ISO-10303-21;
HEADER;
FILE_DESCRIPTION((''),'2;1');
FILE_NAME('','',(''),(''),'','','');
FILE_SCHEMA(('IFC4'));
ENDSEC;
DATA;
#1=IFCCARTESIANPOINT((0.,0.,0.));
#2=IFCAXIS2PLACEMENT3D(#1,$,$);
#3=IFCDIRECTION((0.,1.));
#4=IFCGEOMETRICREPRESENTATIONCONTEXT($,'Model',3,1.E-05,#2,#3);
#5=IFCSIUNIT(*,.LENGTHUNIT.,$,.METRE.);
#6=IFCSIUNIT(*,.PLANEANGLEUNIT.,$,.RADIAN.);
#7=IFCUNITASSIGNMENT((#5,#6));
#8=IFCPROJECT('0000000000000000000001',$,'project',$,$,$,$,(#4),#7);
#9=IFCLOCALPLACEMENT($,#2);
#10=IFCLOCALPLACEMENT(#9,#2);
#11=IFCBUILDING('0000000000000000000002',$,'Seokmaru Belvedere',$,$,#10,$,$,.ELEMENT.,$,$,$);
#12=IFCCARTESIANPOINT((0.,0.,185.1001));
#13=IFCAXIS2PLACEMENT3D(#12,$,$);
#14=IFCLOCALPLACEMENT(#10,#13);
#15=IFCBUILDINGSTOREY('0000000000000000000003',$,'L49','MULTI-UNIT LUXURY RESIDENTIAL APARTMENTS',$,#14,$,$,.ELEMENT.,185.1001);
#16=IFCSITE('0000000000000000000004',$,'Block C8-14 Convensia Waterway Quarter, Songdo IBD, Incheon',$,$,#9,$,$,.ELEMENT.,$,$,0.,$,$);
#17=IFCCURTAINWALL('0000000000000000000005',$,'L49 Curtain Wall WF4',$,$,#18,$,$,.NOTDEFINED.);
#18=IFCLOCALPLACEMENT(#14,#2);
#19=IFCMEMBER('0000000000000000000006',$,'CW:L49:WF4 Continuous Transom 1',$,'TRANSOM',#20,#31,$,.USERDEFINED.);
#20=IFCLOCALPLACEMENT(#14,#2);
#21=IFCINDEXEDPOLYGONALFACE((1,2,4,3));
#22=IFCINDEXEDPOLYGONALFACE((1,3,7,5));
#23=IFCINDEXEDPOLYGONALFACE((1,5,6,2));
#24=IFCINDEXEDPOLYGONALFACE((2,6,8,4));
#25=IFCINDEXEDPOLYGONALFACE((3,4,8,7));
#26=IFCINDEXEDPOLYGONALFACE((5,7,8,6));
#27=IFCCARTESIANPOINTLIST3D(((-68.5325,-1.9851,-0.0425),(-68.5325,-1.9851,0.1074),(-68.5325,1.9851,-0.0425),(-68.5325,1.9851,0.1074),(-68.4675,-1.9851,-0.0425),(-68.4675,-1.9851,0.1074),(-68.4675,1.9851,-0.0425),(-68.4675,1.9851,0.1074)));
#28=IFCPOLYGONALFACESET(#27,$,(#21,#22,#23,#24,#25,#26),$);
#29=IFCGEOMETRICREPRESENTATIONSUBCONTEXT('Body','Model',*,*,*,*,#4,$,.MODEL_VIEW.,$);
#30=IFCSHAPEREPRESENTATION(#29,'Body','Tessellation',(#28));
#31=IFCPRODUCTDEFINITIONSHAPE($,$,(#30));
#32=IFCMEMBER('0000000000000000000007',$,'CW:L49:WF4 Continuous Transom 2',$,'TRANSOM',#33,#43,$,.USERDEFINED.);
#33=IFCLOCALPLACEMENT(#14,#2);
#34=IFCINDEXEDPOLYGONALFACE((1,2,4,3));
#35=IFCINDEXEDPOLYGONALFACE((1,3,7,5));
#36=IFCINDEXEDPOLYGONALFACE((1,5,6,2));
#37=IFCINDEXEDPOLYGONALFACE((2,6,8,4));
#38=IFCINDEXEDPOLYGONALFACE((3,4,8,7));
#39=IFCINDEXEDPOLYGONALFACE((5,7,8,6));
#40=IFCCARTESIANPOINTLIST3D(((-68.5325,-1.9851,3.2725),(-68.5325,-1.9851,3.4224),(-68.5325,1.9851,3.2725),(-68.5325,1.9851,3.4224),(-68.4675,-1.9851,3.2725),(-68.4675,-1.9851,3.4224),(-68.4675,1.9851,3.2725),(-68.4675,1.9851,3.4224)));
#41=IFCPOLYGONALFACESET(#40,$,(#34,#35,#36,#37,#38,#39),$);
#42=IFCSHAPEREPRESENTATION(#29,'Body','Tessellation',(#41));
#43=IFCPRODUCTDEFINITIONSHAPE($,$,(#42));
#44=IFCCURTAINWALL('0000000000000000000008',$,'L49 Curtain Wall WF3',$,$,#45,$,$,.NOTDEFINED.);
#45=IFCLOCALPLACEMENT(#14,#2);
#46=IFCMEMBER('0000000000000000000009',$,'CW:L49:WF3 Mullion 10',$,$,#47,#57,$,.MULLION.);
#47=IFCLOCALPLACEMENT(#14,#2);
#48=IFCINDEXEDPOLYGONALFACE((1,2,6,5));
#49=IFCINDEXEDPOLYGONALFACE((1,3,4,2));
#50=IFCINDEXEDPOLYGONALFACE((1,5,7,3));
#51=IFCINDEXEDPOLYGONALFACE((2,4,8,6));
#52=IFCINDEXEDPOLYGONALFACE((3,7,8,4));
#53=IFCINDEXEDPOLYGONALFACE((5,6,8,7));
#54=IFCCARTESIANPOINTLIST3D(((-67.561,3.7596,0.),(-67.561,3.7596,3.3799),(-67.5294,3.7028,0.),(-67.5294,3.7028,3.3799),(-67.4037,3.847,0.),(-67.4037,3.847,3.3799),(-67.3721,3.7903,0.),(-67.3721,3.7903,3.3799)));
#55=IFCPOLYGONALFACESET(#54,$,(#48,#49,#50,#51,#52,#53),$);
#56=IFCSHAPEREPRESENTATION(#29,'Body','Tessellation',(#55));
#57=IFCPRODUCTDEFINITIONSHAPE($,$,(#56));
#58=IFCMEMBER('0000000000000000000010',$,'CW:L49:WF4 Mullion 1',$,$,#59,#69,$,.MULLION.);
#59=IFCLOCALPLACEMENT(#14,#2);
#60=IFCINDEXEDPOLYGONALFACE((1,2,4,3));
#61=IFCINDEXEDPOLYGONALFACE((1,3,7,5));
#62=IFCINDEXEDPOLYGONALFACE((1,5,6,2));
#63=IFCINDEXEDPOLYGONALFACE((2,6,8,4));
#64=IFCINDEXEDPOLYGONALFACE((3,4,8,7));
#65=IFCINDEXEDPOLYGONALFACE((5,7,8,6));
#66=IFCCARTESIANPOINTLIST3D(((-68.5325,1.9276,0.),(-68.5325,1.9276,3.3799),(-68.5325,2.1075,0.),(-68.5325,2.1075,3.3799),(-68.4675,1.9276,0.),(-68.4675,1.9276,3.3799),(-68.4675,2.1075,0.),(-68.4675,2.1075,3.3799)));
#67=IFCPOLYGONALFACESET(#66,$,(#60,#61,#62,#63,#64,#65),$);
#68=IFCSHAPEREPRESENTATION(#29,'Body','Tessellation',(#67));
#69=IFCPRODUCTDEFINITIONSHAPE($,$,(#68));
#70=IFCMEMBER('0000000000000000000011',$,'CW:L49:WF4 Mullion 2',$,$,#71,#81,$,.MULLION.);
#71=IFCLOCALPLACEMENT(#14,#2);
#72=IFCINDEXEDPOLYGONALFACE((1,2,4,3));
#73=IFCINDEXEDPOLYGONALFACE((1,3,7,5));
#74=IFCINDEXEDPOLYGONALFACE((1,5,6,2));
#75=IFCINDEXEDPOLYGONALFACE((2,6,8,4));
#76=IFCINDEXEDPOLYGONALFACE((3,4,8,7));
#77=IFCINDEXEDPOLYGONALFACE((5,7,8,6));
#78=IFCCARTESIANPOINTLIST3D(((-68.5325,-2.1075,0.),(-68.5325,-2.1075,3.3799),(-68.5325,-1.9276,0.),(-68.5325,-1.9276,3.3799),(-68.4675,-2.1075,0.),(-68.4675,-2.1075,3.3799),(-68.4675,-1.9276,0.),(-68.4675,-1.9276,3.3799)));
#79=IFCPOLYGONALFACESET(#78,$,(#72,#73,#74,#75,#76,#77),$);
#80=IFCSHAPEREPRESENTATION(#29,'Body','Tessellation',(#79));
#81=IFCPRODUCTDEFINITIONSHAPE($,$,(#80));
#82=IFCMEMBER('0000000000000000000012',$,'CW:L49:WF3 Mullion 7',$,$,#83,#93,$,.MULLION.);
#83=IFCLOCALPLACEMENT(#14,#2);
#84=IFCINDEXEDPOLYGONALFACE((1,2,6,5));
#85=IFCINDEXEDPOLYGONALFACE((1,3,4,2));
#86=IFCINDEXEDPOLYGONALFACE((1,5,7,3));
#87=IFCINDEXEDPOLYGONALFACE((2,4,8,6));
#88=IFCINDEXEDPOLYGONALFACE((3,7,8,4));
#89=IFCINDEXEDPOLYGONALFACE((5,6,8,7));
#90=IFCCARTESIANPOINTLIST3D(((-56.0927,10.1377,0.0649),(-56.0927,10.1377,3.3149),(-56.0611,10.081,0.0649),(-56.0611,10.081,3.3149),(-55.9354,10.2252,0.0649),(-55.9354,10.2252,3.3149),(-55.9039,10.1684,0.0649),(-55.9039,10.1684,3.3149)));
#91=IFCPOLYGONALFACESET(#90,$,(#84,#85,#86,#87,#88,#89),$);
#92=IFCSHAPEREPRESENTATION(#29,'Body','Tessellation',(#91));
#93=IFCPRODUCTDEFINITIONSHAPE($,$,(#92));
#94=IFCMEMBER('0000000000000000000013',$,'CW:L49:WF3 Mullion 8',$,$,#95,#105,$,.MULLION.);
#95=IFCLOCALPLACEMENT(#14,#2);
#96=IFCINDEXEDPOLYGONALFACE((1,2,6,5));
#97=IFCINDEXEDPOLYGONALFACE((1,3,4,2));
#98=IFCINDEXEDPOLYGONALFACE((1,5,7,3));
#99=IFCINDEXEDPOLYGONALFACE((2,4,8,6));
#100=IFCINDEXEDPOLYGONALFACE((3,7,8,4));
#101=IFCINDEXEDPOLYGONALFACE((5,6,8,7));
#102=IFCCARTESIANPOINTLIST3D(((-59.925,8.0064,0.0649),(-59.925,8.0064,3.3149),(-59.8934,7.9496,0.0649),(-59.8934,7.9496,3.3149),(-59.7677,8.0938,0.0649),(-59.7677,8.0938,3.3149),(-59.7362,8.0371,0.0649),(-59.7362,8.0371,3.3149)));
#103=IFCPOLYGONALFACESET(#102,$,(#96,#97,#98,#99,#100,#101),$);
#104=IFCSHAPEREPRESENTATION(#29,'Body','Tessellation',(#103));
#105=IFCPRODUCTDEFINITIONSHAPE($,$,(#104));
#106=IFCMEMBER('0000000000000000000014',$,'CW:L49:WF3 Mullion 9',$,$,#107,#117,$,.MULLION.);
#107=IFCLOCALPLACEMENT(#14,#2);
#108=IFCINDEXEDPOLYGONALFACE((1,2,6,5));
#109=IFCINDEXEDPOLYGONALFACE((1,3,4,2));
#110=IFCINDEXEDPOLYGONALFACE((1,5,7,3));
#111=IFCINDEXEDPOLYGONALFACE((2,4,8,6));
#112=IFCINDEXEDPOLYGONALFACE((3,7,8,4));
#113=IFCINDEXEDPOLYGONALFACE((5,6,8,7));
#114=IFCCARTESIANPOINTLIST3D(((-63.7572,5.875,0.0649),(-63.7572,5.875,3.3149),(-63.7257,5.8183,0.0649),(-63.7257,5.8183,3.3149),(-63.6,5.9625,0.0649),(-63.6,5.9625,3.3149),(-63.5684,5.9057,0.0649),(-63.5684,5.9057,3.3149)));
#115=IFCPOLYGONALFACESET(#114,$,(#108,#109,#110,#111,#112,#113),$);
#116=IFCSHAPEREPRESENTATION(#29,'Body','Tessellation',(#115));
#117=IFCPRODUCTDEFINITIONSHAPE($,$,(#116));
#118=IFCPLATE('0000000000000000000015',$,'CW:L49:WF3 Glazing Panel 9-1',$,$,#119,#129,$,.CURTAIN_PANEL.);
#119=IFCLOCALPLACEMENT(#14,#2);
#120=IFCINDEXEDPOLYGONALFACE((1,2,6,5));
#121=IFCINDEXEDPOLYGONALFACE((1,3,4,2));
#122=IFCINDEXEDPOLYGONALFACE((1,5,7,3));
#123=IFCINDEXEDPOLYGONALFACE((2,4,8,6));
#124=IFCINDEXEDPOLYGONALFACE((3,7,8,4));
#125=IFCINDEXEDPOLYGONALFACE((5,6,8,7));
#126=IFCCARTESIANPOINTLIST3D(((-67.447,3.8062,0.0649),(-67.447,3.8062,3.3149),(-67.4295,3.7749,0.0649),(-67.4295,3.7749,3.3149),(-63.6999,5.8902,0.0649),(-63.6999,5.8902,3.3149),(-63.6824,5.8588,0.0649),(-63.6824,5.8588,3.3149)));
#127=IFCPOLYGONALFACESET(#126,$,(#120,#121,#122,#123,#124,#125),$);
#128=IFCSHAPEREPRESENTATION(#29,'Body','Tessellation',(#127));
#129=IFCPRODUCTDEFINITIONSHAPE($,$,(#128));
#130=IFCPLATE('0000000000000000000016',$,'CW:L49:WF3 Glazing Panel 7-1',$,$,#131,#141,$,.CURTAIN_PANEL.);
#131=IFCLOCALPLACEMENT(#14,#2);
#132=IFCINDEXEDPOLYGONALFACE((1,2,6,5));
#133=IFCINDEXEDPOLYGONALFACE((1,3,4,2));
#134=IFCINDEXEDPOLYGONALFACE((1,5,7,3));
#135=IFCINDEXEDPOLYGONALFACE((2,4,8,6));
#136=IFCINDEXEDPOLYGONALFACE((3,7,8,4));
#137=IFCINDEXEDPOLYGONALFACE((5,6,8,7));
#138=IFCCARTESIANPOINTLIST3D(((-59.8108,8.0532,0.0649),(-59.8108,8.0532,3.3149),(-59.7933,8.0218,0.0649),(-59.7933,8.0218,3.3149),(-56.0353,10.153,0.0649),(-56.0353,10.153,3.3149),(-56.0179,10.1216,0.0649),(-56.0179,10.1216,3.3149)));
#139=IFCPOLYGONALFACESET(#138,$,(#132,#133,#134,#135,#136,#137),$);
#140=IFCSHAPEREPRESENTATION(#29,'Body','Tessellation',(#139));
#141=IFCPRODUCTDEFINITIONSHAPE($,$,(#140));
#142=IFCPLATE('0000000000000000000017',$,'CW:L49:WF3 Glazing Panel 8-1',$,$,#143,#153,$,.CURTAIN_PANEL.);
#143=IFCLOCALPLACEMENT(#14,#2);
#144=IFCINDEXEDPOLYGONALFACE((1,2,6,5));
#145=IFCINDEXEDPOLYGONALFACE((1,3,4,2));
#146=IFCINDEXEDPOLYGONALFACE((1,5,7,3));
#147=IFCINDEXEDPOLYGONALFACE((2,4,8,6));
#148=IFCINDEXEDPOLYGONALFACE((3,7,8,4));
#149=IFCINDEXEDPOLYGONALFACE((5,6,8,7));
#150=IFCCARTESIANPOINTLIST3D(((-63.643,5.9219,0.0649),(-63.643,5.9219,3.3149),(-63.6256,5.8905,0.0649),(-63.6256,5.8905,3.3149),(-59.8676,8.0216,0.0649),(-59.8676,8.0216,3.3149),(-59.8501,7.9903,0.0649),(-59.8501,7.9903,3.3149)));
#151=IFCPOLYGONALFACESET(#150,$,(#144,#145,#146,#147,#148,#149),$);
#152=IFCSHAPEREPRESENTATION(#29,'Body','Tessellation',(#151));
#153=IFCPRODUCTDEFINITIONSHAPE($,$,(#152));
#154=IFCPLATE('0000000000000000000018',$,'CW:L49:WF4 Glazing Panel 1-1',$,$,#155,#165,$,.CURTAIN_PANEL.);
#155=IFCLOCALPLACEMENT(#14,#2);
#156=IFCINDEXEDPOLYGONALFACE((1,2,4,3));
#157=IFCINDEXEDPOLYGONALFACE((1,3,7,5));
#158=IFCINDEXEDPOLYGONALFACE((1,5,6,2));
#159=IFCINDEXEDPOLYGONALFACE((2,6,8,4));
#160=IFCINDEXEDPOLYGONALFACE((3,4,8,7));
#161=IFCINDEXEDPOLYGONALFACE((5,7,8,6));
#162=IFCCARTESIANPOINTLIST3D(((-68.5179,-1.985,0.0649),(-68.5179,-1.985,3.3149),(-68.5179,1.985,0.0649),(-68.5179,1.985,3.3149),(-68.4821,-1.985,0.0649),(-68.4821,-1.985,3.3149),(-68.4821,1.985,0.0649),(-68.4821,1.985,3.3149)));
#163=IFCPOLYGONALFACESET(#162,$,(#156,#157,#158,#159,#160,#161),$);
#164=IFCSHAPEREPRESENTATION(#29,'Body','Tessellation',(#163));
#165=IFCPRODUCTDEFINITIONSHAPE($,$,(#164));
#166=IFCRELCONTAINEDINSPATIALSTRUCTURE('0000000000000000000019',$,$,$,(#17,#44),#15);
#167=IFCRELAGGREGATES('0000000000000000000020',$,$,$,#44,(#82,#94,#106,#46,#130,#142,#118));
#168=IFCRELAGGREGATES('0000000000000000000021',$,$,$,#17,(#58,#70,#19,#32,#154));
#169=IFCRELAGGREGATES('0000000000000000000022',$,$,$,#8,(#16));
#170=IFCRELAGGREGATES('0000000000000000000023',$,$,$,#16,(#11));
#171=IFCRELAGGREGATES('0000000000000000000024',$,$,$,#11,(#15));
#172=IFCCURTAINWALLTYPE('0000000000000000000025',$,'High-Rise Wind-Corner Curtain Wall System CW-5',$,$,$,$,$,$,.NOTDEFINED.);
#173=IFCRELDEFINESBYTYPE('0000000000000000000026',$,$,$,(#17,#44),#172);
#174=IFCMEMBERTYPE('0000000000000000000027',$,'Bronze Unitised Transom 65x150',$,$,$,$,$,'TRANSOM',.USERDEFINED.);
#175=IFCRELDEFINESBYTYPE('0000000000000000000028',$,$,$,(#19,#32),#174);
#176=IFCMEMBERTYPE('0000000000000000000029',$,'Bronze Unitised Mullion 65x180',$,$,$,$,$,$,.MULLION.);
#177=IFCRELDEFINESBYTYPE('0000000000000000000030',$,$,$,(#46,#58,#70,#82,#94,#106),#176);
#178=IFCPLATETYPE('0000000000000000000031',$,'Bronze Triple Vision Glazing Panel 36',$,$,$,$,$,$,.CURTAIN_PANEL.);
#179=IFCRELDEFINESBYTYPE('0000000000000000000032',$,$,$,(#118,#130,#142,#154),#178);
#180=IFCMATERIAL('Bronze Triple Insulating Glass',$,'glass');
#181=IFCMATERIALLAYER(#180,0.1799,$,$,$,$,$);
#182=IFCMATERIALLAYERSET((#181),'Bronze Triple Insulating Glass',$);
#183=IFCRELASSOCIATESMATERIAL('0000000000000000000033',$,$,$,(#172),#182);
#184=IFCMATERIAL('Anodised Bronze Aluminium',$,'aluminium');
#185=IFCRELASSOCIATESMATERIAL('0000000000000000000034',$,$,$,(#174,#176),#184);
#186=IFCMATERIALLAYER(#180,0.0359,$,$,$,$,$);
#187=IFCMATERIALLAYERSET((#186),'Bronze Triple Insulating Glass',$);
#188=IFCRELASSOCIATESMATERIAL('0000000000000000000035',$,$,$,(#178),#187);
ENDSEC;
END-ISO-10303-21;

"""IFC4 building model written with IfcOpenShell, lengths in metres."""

from ifc_helpers import new_model, si_unit, direction, frame, origin, origin_2d, place, context, subcontext, project, spatial, rectangle, extrude, source, transform, mapped, material, layer, layer_set, material_profile, profile_set, type_object, type_shapes, element, aggregate, save


model = new_model("IFC4")

# Units and contexts
model_context = context("Model", 3, precision=1e-05, world=origin(), true_north=direction((0.0, 1.0)))
body_context = subcontext(model_context, "Body", "Model", "MODEL_VIEW")
ifc_project = project(units=[si_unit("LENGTHUNIT", "METRE"), si_unit("PLANEANGLEUNIT", "RADIAN")], contexts=[model_context])

# Site, building, storey
site_placement = place(None, origin())
site = spatial("IfcSite", under=ifc_project, at=site_placement, Name="Block C8-14 Convensia Waterway Quarter, Songdo IBD, Incheon", CompositionType="ELEMENT", RefElevation=0.0)
building_placement = place(site_placement, origin())
building = spatial("IfcBuilding", under=site, at=building_placement, Name="Seokmaru Belvedere", CompositionType="ELEMENT")
storey_placement = place(building_placement, frame((0.0, 0.0, 185.1001)))
storey = spatial("IfcBuildingStorey", under=building, at=storey_placement, Name="L49", Description="MULTI-UNIT LUXURY RESIDENTIAL APARTMENTS", CompositionType="ELEMENT", Elevation=185.1001)

# Curtain wall, members
ifc_material_1 = material(Name="Bronze Triple Insulating Glass", Category="glass")
ifc_layer_1 = layer(ifc_material_1, 0.1799)
ifc_layer_set_1 = layer_set([ifc_layer_1], Name="Bronze Triple Insulating Glass")
curtain_wall_type = type_object("IfcCurtainWallType", Name="High-Rise Wind-Corner Curtain Wall System CW-5", PredefinedType="NOTDEFINED", material=ifc_layer_set_1)
curtain_wall_1_placement = place(storey_placement, origin())
curtain_wall_1 = element("IfcCurtainWall", 1, at=curtain_wall_1_placement, inside=storey, type_object=curtain_wall_type, Name="L49 Curtain Wall WF4", PredefinedType="NOTDEFINED")
ifc_material_2 = material(Name="Anodised Bronze Aluminium", Category="aluminium")
ifc_material_profile_1 = material_profile(ifc_material_2, rectangle(XDim=0.0649, YDim=0.1499, at=origin_2d()), Name="CW-T-65x150")
ifc_profile_set_1 = profile_set([ifc_material_profile_1], Name="Anodised Bronze Aluminium")
member_type_1 = type_object("IfcMemberType", Name="Bronze Unitised Transom 65x150", ElementType="TRANSOM", PredefinedType="USERDEFINED", material=ifc_profile_set_1)
shared_shape_1 = source(origin(), body_context, "Body", "SweptSolid", [
    extrude(rectangle(XDim=0.0649, YDim=0.1499, at=origin_2d()), origin(), (0.0, 0.0, 1.0), 3.9702),
])
type_shapes(member_type_1, [shared_shape_1])
member_1_placement = place(storey_placement, frame((-68.5, 1.9851, 0.0325), z_axis=(0.0, -1.0, 0.0), x_axis=(1.0, 0.0, 0.0)))
member_1 = element("IfcMember", 2, at=member_1_placement, type_object=member_type_1, Name="CW:L49:WF4 Continuous Transom 1", ObjectType="TRANSOM", PredefinedType="USERDEFINED", context=body_context, shape_type="MappedRepresentation", body=[
    mapped(shared_shape_1, transform((0.0, 0.0, 0.0), scale=1.0)),
])
member_2_placement = place(storey_placement, frame((-68.5, 1.9851, 3.3474), z_axis=(0.0, -1.0, 0.0), x_axis=(1.0, 0.0, 0.0)))
member_2 = element("IfcMember", 3, at=member_2_placement, type_object=member_type_1, Name="CW:L49:WF4 Continuous Transom 2", ObjectType="TRANSOM", PredefinedType="USERDEFINED", context=body_context, shape_type="MappedRepresentation", body=[
    mapped(shared_shape_1, transform((0.0, 0.0, 0.0), scale=1.0)),
])

# Curtain wall, member
curtain_wall_2_placement = place(storey_placement, origin())
curtain_wall_2 = element("IfcCurtainWall", 4, at=curtain_wall_2_placement, inside=storey, type_object=curtain_wall_type, Name="L49 Curtain Wall WF3", PredefinedType="NOTDEFINED")
ifc_material_profile_2 = material_profile(ifc_material_2, rectangle(XDim=0.0649, YDim=0.1799, at=origin_2d()), Name="CW-M-65x180")
ifc_profile_set_2 = profile_set([ifc_material_profile_2], Name="Anodised Bronze Aluminium")
member_type_2 = type_object("IfcMemberType", Name="Bronze Unitised Mullion 65x180", PredefinedType="MULLION", material=ifc_profile_set_2)
shared_shape_2 = source(origin(), body_context, "Body", "SweptSolid", [
    extrude(rectangle(XDim=0.0649, YDim=0.1799, at=origin_2d()), origin(), (0.0, 0.0, 1.0), 3.3799),
])
member_3_placement = place(storey_placement, frame((-67.4666, 3.7749, 0.0), z_axis=(0.0, 0.0, 1.0), x_axis=(0.486047, -0.873933, 0.0)))
member_3 = element("IfcMember", 5, at=member_3_placement, type_object=member_type_2, Name="CW:L49:WF3 Mullion 10", PredefinedType="MULLION", context=body_context, shape_type="MappedRepresentation", body=[
    mapped(shared_shape_2, transform((0.0, 0.0, 0.0), scale=1.0)),
])

# Members
member_4_placement = place(storey_placement, frame((-68.5, 2.0176, 0.0), z_axis=(0.0, 0.0, 1.0), x_axis=(1.0, 0.0, 0.0)))
member_4 = element("IfcMember", 6, at=member_4_placement, type_object=member_type_2, Name="CW:L49:WF4 Mullion 1", PredefinedType="MULLION", context=body_context, shape_type="MappedRepresentation", body=[
    mapped(shared_shape_2, transform((0.0, 0.0, 0.0), scale=1.0)),
])
member_5_placement = place(storey_placement, frame((-68.5, -2.0176, 0.0), z_axis=(0.0, 0.0, 1.0), x_axis=(1.0, 0.0, 0.0)))
member_5 = element("IfcMember", 7, at=member_5_placement, type_object=member_type_2, Name="CW:L49:WF4 Mullion 2", PredefinedType="MULLION", context=body_context, shape_type="MappedRepresentation", body=[
    mapped(shared_shape_2, transform((0.0, 0.0, 0.0), scale=1.0)),
])
shared_shape_3 = source(origin(), body_context, "Body", "SweptSolid", [
    extrude(rectangle(XDim=0.0649, YDim=0.1799, at=origin_2d()), origin(), (0.0, 0.0, 1.0), 3.25),
])
type_shapes(member_type_2, [shared_shape_2, shared_shape_3])
member_6_placement = place(storey_placement, frame((-55.9983, 10.1531, 0.0649), z_axis=(0.0, 0.0, 1.0), x_axis=(0.486047, -0.873933, 0.0)))
member_6 = element("IfcMember", 8, at=member_6_placement, type_object=member_type_2, Name="CW:L49:WF3 Mullion 7", PredefinedType="MULLION", context=body_context, shape_type="MappedRepresentation", body=[
    mapped(shared_shape_3, transform((0.0, 0.0, 0.0), scale=1.0)),
])
member_7_placement = place(storey_placement, frame((-59.8306, 8.0217, 0.0649), z_axis=(0.0, 0.0, 1.0), x_axis=(0.486047, -0.873933, 0.0)))
member_7 = element("IfcMember", 9, at=member_7_placement, type_object=member_type_2, Name="CW:L49:WF3 Mullion 8", PredefinedType="MULLION", context=body_context, shape_type="MappedRepresentation", body=[
    mapped(shared_shape_3, transform((0.0, 0.0, 0.0), scale=1.0)),
])
member_8_placement = place(storey_placement, frame((-63.6628, 5.8904, 0.0649), z_axis=(0.0, 0.0, 1.0), x_axis=(0.486047, -0.873933, 0.0)))
member_8 = element("IfcMember", 10, at=member_8_placement, type_object=member_type_2, Name="CW:L49:WF3 Mullion 9", PredefinedType="MULLION", context=body_context, shape_type="MappedRepresentation", body=[
    mapped(shared_shape_3, transform((0.0, 0.0, 0.0), scale=1.0)),
])

# Plates
ifc_layer_2 = layer(ifc_material_1, 0.0359)
ifc_layer_set_2 = layer_set([ifc_layer_2], Name="Bronze Triple Insulating Glass")
plate_type = type_object("IfcPlateType", Name="Bronze Triple Vision Glazing Panel 36", PredefinedType="CURTAIN_PANEL", material=ifc_layer_set_2)
shared_shape_4 = source(origin(), body_context, "Body", "SweptSolid", [
    extrude(rectangle(XDim=4.2876, YDim=0.0359, at=origin_2d()), origin(), (0.0, 0.0, 1.0), 3.25),
])
plate_1_placement = place(storey_placement, frame((-65.5647, 4.8325, 0.0649), z_axis=(0.0, 0.0, 1.0), x_axis=(-0.873933, -0.486047, 0.0)))
plate_1 = element("IfcPlate", 11, at=plate_1_placement, type_object=plate_type, Name="CW:L49:WF3 Glazing Panel 9-1", PredefinedType="CURTAIN_PANEL", context=body_context, shape_type="MappedRepresentation", body=[
    mapped(shared_shape_4, transform((0.0, 0.0, 0.0), scale=1.0)),
])
shared_shape_5 = source(origin(), body_context, "Body", "SweptSolid", [
    extrude(rectangle(XDim=4.3201, YDim=0.0359, at=origin_2d()), origin(), (0.0, 0.0, 1.0), 3.25),
])
plate_2_placement = place(storey_placement, frame((-57.9143, 9.0874, 0.0649), z_axis=(0.0, 0.0, 1.0), x_axis=(-0.873933, -0.486047, 0.0)))
plate_2 = element("IfcPlate", 12, at=plate_2_placement, type_object=plate_type, Name="CW:L49:WF3 Glazing Panel 7-1", PredefinedType="CURTAIN_PANEL", context=body_context, shape_type="MappedRepresentation", body=[
    mapped(shared_shape_5, transform((0.0, 0.0, 0.0), scale=1.0)),
])
plate_3_placement = place(storey_placement, frame((-61.7466, 6.9561, 0.0649), z_axis=(0.0, 0.0, 1.0), x_axis=(-0.873933, -0.486047, 0.0)))
plate_3 = element("IfcPlate", 13, at=plate_3_placement, type_object=plate_type, Name="CW:L49:WF3 Glazing Panel 8-1", PredefinedType="CURTAIN_PANEL", context=body_context, shape_type="MappedRepresentation", body=[
    mapped(shared_shape_5, transform((0.0, 0.0, 0.0), scale=1.0)),
])
aggregate(curtain_wall_2, [member_6, member_7, member_8, member_3, plate_2, plate_3, plate_1])
shared_shape_6 = source(origin(), body_context, "Body", "SweptSolid", [
    extrude(rectangle(XDim=3.97, YDim=0.0359, at=origin_2d()), origin(), (0.0, 0.0, 1.0), 3.25),
])
type_shapes(plate_type, [shared_shape_4, shared_shape_5, shared_shape_6])
plate_4_placement = place(storey_placement, frame((-68.5, 0.0, 0.0649), z_axis=(0.0, 0.0, 1.0), x_axis=(0.0, -1.0, 0.0)))
plate_4 = element("IfcPlate", 14, at=plate_4_placement, type_object=plate_type, Name="CW:L49:WF4 Glazing Panel 1-1", PredefinedType="CURTAIN_PANEL", context=body_context, shape_type="MappedRepresentation", body=[
    mapped(shared_shape_6, transform((0.0, 0.0, 0.0), scale=1.0)),
])
aggregate(curtain_wall_1, [member_4, member_5, member_1, member_2, plate_4])

save(model, "model.ifc")
